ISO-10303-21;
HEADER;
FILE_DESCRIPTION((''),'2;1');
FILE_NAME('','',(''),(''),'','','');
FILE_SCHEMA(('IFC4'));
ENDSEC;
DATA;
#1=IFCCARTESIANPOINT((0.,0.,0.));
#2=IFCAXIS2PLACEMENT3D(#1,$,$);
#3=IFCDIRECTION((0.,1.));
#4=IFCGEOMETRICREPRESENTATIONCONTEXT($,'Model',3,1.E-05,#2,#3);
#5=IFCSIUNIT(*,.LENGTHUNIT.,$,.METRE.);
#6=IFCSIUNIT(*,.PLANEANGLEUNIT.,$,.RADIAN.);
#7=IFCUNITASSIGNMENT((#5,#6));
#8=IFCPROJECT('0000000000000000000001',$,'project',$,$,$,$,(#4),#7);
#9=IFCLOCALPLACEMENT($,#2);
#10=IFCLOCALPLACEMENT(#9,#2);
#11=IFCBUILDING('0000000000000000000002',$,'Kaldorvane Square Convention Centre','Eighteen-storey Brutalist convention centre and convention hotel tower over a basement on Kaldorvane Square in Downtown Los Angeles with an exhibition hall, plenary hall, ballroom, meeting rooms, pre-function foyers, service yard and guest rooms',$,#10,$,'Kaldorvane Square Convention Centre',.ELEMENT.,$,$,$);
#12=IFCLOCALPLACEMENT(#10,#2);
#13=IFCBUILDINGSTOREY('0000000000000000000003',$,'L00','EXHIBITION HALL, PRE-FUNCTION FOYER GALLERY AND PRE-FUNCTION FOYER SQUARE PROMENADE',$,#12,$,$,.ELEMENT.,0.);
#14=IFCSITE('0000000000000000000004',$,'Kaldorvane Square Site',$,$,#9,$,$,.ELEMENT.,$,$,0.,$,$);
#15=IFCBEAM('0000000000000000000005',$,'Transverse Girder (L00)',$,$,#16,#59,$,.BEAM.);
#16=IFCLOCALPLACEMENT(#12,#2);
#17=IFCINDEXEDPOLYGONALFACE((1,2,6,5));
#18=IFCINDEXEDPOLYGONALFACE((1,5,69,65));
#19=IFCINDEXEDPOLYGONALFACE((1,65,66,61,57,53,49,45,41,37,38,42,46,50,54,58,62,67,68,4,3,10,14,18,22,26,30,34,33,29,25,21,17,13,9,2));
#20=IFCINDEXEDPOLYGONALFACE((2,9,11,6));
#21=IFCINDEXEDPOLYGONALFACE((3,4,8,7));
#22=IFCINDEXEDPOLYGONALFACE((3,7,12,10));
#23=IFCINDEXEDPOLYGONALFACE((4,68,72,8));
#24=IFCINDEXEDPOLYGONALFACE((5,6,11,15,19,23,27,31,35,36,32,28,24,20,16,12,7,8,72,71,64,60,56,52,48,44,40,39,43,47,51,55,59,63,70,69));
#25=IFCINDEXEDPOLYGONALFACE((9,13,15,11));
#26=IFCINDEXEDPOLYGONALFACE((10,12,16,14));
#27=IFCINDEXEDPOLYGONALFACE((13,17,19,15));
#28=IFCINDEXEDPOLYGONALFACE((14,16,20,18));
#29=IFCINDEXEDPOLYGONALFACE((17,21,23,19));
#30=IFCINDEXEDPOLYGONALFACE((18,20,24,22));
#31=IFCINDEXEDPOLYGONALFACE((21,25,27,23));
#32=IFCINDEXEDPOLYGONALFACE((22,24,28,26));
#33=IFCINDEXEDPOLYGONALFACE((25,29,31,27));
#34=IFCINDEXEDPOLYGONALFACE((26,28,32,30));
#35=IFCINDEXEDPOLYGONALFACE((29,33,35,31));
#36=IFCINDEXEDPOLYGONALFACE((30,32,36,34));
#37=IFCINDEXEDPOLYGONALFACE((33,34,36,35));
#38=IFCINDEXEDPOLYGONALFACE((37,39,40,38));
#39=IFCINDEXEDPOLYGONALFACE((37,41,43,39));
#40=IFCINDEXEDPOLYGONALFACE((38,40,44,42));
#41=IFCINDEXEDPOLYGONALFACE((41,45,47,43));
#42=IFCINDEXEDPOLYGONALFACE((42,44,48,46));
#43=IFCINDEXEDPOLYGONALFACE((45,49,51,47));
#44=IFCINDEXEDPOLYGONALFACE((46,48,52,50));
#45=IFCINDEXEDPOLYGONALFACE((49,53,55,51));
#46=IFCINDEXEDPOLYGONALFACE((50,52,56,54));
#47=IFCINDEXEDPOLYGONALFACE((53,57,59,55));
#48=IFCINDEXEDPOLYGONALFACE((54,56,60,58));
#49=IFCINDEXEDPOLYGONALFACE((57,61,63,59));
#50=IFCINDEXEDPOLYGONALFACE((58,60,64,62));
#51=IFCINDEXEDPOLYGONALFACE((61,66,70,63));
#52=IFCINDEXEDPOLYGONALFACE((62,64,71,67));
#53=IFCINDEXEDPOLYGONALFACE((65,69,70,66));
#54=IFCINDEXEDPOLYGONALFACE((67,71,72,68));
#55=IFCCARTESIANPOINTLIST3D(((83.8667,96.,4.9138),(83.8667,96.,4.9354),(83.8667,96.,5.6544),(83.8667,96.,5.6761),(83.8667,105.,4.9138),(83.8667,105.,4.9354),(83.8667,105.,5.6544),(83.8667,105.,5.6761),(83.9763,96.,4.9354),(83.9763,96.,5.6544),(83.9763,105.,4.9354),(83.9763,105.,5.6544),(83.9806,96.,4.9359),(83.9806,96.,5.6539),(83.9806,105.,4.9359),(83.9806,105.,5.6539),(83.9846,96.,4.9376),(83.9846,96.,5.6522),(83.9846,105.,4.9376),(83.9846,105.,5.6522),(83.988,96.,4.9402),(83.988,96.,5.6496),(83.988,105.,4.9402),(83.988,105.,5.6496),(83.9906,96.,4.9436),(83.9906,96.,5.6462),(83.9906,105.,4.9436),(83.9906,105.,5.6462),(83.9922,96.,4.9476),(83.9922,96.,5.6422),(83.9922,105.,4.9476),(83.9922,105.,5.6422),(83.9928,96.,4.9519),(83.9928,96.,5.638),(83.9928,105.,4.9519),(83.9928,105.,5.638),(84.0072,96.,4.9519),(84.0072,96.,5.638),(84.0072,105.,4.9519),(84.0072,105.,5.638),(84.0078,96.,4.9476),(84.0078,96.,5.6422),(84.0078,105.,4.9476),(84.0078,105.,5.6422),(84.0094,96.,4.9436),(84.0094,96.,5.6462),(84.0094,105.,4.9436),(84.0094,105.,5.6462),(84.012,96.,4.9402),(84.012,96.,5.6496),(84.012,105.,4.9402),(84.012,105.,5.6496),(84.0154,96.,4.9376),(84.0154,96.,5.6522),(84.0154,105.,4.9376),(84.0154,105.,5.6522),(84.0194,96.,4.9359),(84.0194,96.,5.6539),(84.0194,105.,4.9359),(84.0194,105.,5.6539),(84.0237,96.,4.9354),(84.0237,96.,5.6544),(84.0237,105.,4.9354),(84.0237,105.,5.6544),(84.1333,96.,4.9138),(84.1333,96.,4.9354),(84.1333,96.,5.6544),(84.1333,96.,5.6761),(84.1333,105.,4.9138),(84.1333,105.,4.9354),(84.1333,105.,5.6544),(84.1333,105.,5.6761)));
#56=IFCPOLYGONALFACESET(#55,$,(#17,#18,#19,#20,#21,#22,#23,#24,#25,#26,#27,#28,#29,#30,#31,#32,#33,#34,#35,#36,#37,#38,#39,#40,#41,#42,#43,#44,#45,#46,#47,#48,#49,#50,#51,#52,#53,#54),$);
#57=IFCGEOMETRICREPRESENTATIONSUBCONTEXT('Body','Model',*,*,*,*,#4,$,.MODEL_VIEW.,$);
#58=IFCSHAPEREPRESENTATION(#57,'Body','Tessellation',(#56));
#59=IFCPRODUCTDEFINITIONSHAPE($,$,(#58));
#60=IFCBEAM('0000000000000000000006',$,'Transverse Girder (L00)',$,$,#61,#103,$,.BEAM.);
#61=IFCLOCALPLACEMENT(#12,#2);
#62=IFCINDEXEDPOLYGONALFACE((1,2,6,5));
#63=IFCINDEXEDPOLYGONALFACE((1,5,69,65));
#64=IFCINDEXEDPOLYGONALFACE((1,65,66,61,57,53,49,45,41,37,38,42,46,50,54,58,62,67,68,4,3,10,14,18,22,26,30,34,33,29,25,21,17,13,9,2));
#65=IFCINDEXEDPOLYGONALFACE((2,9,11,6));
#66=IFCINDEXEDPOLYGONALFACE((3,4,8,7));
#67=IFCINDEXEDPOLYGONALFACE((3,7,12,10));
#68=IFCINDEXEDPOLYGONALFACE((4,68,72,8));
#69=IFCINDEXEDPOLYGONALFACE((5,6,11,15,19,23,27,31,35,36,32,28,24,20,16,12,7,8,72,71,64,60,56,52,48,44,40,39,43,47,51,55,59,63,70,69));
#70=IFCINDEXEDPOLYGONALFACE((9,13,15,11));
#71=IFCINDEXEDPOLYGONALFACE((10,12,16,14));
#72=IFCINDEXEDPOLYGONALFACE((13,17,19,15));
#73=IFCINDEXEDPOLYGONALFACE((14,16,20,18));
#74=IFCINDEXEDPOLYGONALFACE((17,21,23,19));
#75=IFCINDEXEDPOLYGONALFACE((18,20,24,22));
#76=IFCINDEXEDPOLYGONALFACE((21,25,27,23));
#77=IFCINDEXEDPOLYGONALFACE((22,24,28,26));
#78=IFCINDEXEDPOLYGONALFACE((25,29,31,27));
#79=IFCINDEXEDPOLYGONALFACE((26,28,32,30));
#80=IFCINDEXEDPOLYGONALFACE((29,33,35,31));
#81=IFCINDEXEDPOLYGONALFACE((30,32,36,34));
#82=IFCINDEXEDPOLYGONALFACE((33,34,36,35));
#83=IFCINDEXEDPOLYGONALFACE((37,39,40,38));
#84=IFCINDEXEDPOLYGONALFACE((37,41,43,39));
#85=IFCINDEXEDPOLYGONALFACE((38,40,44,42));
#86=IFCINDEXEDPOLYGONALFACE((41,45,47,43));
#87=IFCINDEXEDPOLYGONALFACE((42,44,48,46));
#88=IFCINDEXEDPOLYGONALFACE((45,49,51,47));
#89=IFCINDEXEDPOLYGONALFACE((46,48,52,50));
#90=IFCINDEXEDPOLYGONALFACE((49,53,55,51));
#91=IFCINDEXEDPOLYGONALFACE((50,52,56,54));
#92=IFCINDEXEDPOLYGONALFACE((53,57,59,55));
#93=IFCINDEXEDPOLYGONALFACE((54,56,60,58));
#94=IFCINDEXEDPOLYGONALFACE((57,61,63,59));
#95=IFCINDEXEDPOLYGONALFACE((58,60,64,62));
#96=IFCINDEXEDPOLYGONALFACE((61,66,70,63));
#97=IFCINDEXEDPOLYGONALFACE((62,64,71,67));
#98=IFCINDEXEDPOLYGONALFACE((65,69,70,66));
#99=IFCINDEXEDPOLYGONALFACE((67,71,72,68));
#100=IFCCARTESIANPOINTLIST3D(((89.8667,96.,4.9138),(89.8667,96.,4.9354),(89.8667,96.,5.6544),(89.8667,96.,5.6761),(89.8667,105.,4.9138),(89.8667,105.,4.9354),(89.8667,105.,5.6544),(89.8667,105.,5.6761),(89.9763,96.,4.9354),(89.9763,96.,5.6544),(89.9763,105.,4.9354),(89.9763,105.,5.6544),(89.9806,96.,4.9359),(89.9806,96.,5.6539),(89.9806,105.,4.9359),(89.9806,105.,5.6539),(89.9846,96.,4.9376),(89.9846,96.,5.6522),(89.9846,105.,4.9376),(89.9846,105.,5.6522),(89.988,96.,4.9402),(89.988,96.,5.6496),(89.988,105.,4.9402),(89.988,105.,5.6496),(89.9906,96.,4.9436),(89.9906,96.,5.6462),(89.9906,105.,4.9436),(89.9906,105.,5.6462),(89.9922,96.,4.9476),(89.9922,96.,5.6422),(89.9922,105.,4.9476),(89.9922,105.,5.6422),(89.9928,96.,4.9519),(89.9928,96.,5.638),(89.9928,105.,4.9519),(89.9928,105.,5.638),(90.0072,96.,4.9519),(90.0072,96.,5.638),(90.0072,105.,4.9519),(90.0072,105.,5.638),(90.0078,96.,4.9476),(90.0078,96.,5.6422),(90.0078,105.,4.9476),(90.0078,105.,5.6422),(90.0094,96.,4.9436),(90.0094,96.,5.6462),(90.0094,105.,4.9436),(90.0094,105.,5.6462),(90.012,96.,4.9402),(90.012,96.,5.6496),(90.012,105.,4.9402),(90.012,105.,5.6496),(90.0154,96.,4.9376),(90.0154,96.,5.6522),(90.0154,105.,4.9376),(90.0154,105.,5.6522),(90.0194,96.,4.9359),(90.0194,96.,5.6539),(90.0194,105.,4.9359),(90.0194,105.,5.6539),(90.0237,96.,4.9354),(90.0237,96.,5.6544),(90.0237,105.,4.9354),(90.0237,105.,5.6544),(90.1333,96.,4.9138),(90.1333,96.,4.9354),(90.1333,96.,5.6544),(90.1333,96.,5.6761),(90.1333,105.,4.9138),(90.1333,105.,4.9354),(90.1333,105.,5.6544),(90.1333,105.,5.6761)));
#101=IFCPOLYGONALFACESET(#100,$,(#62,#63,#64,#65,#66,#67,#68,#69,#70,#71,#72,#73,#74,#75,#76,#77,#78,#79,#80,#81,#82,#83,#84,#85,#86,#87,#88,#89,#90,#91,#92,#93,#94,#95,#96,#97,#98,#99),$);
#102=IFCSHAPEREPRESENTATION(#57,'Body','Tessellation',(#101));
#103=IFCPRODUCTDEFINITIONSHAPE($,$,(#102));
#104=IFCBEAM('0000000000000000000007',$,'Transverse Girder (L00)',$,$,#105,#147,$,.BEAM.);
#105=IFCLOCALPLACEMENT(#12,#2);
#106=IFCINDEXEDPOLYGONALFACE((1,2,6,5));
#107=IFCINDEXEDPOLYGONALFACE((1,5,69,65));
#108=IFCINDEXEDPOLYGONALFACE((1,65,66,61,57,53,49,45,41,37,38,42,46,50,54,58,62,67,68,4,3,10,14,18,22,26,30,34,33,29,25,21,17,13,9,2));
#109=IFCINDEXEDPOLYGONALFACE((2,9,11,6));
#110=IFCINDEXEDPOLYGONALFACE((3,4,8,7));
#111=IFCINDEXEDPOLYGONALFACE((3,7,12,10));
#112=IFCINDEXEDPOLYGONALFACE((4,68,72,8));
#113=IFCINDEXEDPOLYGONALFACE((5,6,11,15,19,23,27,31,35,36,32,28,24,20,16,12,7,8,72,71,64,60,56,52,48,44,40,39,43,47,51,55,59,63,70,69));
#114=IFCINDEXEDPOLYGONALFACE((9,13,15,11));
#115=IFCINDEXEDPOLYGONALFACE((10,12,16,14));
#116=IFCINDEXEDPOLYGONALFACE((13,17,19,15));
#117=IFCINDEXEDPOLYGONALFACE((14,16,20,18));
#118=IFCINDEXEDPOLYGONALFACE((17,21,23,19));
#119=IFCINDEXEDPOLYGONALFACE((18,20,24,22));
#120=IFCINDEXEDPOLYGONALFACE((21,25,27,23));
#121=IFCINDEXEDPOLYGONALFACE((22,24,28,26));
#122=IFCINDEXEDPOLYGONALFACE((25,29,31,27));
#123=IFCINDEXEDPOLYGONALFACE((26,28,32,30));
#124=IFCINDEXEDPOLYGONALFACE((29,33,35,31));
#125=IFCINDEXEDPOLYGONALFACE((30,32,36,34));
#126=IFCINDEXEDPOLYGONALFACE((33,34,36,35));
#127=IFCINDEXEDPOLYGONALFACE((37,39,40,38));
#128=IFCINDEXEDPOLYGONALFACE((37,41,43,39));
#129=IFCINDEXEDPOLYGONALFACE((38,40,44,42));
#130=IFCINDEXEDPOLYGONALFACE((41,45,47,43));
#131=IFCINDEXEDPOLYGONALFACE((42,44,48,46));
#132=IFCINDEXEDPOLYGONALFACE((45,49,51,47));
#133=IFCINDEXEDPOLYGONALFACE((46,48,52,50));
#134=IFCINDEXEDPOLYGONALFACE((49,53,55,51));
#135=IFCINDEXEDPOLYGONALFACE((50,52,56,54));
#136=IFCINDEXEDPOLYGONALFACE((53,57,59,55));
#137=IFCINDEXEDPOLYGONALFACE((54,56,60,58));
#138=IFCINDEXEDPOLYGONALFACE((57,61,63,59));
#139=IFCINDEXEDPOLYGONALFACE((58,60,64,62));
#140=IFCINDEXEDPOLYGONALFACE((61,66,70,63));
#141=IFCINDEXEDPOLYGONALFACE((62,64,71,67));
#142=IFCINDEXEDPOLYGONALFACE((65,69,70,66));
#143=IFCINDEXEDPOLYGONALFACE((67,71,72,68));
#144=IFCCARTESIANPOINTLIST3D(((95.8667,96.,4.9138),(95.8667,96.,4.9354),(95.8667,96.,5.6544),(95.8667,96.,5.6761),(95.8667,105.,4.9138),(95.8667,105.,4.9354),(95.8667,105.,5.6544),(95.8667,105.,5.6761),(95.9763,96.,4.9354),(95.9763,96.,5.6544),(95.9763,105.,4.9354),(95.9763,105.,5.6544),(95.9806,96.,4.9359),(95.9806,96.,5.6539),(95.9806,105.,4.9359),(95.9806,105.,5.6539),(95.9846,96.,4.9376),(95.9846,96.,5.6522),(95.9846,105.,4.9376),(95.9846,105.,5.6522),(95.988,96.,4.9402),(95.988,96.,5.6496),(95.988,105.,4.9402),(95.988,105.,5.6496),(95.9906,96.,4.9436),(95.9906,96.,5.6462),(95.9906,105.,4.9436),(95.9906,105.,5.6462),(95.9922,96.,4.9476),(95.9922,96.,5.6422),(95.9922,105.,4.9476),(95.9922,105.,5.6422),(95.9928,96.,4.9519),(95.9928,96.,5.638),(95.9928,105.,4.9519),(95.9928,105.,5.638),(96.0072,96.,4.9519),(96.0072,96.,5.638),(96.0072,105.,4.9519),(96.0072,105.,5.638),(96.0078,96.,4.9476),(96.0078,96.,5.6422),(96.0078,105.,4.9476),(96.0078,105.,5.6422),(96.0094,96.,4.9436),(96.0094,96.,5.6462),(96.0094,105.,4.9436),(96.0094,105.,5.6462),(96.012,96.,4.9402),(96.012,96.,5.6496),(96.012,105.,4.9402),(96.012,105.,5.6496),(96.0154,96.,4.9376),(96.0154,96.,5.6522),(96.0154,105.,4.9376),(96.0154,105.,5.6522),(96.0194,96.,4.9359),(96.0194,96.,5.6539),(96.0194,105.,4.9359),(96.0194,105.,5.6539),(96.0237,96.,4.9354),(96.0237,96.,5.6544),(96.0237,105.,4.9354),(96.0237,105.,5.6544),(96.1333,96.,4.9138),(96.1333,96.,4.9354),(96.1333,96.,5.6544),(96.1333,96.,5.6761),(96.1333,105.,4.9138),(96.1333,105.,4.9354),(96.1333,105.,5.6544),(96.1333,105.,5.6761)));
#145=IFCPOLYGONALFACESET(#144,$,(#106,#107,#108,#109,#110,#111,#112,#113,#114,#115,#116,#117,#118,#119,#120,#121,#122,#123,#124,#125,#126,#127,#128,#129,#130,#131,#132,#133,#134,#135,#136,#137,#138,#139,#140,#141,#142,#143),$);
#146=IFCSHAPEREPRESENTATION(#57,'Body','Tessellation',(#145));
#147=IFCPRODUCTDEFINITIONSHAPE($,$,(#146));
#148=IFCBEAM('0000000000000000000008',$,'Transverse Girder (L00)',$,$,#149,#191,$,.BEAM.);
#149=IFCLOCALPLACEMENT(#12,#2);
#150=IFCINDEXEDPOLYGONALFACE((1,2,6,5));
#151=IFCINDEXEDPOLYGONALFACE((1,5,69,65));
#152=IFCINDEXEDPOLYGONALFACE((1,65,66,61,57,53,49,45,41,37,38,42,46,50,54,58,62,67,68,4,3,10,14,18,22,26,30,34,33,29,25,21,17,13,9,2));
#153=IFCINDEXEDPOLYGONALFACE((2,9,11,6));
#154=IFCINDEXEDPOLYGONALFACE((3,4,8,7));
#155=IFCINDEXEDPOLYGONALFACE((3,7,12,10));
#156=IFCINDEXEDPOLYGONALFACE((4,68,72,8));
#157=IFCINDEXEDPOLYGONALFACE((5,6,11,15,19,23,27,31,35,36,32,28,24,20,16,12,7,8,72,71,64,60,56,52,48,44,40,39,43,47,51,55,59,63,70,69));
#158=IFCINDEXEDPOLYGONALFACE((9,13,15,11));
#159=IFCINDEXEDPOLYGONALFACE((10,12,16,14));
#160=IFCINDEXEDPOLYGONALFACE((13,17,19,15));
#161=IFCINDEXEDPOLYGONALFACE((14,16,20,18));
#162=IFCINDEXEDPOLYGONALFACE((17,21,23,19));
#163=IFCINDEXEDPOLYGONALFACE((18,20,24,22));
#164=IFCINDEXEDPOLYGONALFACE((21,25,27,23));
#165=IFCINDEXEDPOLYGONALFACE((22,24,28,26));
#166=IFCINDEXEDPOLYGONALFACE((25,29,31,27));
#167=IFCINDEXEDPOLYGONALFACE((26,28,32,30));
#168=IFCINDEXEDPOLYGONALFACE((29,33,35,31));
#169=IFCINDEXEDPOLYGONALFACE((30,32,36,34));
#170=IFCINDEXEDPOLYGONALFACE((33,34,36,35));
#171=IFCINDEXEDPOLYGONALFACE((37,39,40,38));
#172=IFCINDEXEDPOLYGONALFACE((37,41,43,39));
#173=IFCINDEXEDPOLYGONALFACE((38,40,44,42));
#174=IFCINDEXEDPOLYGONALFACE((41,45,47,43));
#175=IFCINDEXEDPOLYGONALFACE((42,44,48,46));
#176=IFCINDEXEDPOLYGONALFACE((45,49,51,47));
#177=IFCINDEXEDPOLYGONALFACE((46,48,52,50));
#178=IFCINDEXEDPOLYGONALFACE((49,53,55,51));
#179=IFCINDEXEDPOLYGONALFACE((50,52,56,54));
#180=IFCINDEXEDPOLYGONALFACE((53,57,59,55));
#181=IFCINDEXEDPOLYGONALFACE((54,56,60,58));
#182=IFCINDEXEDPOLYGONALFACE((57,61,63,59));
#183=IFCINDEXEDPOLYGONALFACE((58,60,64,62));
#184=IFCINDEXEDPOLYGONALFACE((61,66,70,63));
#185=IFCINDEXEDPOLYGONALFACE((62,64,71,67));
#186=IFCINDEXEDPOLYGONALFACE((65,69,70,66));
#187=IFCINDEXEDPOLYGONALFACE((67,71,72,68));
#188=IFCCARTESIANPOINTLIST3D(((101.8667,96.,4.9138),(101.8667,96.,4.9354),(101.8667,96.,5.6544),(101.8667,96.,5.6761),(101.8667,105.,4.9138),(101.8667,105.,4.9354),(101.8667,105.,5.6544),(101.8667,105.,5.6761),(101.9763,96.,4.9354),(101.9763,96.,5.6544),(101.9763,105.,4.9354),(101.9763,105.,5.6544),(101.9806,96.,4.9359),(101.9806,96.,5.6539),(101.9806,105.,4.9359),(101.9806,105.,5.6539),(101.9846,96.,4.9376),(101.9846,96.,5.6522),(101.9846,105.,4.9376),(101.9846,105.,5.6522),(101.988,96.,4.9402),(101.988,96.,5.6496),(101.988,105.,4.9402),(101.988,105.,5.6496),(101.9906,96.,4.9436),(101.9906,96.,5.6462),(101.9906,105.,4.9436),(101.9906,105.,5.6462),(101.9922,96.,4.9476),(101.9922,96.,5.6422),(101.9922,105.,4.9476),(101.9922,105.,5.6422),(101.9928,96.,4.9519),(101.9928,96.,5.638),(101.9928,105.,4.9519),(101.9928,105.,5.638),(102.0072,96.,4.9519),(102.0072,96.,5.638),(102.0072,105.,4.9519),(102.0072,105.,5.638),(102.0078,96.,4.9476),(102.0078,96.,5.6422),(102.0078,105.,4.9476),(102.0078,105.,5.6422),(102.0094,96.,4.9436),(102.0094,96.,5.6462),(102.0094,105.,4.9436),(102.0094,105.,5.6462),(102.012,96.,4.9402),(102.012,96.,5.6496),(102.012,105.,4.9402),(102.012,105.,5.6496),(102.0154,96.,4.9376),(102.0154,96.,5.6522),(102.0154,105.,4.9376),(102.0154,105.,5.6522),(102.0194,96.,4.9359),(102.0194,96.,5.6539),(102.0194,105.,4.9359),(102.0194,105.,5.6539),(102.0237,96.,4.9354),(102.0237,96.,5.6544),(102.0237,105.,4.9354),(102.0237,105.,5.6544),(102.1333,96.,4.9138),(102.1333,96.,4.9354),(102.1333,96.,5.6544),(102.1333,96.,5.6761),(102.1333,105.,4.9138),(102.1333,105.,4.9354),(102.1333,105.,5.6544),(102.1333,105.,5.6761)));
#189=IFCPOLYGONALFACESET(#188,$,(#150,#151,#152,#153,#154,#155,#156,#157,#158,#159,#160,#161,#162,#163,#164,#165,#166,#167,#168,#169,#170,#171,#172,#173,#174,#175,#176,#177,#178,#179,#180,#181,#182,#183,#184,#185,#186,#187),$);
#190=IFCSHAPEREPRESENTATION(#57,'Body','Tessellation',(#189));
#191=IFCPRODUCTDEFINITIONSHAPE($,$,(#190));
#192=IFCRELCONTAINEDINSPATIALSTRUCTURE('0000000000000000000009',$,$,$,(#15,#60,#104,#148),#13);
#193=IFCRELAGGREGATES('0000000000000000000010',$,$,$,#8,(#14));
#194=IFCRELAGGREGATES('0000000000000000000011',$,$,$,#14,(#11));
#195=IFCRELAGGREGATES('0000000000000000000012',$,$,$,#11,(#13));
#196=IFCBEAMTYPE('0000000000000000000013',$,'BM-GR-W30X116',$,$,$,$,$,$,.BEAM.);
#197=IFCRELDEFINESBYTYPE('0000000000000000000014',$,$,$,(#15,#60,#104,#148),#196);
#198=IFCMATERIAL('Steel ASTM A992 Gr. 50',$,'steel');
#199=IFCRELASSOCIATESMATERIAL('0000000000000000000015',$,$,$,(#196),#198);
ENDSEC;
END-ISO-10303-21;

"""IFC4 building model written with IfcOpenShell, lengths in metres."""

from ifc_helpers import new_model, si_unit, direction, frame, origin, origin_2d, place, context, subcontext, project, spatial, i_section, extrude, material, material_profile, profile_set, type_object, element, save


model = new_model("IFC4")

# Units and contexts
model_context = context("Model", 3, precision=1e-05, world=origin(), true_north=direction((0.0, 1.0)))
body_context = subcontext(model_context, "Body", "Model", "MODEL_VIEW")
ifc_project = project(units=[si_unit("LENGTHUNIT", "METRE"), si_unit("PLANEANGLEUNIT", "RADIAN")], contexts=[model_context])

# Site, building, storey
site_placement = place(None, origin())
site = spatial("IfcSite", under=ifc_project, at=site_placement, Name="Kaldorvane Square Site", CompositionType="ELEMENT", RefElevation=0.0)
building_placement = place(site_placement, origin())
building = spatial("IfcBuilding", under=site, at=building_placement, Name="Kaldorvane Square Convention Centre", Description="Eighteen-storey Brutalist convention centre and convention hotel tower over a basement on Kaldorvane Square in Downtown Los Angeles with an exhibition hall, plenary hall, ballroom, meeting rooms, pre-function foyers, service yard and guest rooms", LongName="Kaldorvane Square Convention Centre", CompositionType="ELEMENT")
storey_placement = place(building_placement, origin())
storey = spatial("IfcBuildingStorey", under=building, at=storey_placement, Name="L00", Description="EXHIBITION HALL, PRE-FUNCTION FOYER GALLERY AND PRE-FUNCTION FOYER SQUARE PROMENADE", CompositionType="ELEMENT", Elevation=0.0)

# Shared definitions
ifc_material_1 = material(Name="Steel ASTM A992 Gr. 50", Category="steel")

# Beams
ifc_material_profile_1 = material_profile(ifc_material_1, i_section(OverallWidth=0.2666, OverallDepth=0.7623, WebThickness=0.0144, FlangeThickness=0.0216, FilletRadius=0.0165, at=origin_2d()), Name="W30X116")
ifc_profile_set_1 = profile_set([ifc_material_profile_1], Name="Steel ASTM A992 Gr. 50")
beam_type_1 = type_object("IfcBeamType", Name="BM-GR-W30X116", PredefinedType="BEAM", material=ifc_profile_set_1)
for number, where, z_axis, x_axis, name in (
    (1, (84.0, 96.0, 5.2949), (0.0, 1.0, 0.0), (-1.0, 0.0, 0.0), "Transverse Girder (L00)"),
    (2, (90.0, 96.0, 5.2949), (0.0, 1.0, 0.0), (-1.0, 0.0, 0.0), "Transverse Girder (L00)"),
    (3, (96.0, 96.0, 5.2949), (0.0, 1.0, 0.0), (-1.0, 0.0, 0.0), "Transverse Girder (L00)"),
    (4, (102.0, 96.0, 5.2949), (0.0, 1.0, 0.0), (-1.0, 0.0, 0.0), "Transverse Girder (L00)"),
):
    element("IfcBeam", number, at=place(storey_placement, frame(where, z_axis=z_axis, x_axis=x_axis)), inside=storey, type_object=beam_type_1, Name=name, PredefinedType="BEAM", context=body_context, shape_type="SweptSolid", body=[
        extrude(i_section(OverallWidth=0.2666, OverallDepth=0.7623, WebThickness=0.0144, FlangeThickness=0.0216, FilletRadius=0.0165, at=origin_2d()), origin(), (0.0, 0.0, 1.0), 9.0),
    ])

save(model, "model.ifc")
